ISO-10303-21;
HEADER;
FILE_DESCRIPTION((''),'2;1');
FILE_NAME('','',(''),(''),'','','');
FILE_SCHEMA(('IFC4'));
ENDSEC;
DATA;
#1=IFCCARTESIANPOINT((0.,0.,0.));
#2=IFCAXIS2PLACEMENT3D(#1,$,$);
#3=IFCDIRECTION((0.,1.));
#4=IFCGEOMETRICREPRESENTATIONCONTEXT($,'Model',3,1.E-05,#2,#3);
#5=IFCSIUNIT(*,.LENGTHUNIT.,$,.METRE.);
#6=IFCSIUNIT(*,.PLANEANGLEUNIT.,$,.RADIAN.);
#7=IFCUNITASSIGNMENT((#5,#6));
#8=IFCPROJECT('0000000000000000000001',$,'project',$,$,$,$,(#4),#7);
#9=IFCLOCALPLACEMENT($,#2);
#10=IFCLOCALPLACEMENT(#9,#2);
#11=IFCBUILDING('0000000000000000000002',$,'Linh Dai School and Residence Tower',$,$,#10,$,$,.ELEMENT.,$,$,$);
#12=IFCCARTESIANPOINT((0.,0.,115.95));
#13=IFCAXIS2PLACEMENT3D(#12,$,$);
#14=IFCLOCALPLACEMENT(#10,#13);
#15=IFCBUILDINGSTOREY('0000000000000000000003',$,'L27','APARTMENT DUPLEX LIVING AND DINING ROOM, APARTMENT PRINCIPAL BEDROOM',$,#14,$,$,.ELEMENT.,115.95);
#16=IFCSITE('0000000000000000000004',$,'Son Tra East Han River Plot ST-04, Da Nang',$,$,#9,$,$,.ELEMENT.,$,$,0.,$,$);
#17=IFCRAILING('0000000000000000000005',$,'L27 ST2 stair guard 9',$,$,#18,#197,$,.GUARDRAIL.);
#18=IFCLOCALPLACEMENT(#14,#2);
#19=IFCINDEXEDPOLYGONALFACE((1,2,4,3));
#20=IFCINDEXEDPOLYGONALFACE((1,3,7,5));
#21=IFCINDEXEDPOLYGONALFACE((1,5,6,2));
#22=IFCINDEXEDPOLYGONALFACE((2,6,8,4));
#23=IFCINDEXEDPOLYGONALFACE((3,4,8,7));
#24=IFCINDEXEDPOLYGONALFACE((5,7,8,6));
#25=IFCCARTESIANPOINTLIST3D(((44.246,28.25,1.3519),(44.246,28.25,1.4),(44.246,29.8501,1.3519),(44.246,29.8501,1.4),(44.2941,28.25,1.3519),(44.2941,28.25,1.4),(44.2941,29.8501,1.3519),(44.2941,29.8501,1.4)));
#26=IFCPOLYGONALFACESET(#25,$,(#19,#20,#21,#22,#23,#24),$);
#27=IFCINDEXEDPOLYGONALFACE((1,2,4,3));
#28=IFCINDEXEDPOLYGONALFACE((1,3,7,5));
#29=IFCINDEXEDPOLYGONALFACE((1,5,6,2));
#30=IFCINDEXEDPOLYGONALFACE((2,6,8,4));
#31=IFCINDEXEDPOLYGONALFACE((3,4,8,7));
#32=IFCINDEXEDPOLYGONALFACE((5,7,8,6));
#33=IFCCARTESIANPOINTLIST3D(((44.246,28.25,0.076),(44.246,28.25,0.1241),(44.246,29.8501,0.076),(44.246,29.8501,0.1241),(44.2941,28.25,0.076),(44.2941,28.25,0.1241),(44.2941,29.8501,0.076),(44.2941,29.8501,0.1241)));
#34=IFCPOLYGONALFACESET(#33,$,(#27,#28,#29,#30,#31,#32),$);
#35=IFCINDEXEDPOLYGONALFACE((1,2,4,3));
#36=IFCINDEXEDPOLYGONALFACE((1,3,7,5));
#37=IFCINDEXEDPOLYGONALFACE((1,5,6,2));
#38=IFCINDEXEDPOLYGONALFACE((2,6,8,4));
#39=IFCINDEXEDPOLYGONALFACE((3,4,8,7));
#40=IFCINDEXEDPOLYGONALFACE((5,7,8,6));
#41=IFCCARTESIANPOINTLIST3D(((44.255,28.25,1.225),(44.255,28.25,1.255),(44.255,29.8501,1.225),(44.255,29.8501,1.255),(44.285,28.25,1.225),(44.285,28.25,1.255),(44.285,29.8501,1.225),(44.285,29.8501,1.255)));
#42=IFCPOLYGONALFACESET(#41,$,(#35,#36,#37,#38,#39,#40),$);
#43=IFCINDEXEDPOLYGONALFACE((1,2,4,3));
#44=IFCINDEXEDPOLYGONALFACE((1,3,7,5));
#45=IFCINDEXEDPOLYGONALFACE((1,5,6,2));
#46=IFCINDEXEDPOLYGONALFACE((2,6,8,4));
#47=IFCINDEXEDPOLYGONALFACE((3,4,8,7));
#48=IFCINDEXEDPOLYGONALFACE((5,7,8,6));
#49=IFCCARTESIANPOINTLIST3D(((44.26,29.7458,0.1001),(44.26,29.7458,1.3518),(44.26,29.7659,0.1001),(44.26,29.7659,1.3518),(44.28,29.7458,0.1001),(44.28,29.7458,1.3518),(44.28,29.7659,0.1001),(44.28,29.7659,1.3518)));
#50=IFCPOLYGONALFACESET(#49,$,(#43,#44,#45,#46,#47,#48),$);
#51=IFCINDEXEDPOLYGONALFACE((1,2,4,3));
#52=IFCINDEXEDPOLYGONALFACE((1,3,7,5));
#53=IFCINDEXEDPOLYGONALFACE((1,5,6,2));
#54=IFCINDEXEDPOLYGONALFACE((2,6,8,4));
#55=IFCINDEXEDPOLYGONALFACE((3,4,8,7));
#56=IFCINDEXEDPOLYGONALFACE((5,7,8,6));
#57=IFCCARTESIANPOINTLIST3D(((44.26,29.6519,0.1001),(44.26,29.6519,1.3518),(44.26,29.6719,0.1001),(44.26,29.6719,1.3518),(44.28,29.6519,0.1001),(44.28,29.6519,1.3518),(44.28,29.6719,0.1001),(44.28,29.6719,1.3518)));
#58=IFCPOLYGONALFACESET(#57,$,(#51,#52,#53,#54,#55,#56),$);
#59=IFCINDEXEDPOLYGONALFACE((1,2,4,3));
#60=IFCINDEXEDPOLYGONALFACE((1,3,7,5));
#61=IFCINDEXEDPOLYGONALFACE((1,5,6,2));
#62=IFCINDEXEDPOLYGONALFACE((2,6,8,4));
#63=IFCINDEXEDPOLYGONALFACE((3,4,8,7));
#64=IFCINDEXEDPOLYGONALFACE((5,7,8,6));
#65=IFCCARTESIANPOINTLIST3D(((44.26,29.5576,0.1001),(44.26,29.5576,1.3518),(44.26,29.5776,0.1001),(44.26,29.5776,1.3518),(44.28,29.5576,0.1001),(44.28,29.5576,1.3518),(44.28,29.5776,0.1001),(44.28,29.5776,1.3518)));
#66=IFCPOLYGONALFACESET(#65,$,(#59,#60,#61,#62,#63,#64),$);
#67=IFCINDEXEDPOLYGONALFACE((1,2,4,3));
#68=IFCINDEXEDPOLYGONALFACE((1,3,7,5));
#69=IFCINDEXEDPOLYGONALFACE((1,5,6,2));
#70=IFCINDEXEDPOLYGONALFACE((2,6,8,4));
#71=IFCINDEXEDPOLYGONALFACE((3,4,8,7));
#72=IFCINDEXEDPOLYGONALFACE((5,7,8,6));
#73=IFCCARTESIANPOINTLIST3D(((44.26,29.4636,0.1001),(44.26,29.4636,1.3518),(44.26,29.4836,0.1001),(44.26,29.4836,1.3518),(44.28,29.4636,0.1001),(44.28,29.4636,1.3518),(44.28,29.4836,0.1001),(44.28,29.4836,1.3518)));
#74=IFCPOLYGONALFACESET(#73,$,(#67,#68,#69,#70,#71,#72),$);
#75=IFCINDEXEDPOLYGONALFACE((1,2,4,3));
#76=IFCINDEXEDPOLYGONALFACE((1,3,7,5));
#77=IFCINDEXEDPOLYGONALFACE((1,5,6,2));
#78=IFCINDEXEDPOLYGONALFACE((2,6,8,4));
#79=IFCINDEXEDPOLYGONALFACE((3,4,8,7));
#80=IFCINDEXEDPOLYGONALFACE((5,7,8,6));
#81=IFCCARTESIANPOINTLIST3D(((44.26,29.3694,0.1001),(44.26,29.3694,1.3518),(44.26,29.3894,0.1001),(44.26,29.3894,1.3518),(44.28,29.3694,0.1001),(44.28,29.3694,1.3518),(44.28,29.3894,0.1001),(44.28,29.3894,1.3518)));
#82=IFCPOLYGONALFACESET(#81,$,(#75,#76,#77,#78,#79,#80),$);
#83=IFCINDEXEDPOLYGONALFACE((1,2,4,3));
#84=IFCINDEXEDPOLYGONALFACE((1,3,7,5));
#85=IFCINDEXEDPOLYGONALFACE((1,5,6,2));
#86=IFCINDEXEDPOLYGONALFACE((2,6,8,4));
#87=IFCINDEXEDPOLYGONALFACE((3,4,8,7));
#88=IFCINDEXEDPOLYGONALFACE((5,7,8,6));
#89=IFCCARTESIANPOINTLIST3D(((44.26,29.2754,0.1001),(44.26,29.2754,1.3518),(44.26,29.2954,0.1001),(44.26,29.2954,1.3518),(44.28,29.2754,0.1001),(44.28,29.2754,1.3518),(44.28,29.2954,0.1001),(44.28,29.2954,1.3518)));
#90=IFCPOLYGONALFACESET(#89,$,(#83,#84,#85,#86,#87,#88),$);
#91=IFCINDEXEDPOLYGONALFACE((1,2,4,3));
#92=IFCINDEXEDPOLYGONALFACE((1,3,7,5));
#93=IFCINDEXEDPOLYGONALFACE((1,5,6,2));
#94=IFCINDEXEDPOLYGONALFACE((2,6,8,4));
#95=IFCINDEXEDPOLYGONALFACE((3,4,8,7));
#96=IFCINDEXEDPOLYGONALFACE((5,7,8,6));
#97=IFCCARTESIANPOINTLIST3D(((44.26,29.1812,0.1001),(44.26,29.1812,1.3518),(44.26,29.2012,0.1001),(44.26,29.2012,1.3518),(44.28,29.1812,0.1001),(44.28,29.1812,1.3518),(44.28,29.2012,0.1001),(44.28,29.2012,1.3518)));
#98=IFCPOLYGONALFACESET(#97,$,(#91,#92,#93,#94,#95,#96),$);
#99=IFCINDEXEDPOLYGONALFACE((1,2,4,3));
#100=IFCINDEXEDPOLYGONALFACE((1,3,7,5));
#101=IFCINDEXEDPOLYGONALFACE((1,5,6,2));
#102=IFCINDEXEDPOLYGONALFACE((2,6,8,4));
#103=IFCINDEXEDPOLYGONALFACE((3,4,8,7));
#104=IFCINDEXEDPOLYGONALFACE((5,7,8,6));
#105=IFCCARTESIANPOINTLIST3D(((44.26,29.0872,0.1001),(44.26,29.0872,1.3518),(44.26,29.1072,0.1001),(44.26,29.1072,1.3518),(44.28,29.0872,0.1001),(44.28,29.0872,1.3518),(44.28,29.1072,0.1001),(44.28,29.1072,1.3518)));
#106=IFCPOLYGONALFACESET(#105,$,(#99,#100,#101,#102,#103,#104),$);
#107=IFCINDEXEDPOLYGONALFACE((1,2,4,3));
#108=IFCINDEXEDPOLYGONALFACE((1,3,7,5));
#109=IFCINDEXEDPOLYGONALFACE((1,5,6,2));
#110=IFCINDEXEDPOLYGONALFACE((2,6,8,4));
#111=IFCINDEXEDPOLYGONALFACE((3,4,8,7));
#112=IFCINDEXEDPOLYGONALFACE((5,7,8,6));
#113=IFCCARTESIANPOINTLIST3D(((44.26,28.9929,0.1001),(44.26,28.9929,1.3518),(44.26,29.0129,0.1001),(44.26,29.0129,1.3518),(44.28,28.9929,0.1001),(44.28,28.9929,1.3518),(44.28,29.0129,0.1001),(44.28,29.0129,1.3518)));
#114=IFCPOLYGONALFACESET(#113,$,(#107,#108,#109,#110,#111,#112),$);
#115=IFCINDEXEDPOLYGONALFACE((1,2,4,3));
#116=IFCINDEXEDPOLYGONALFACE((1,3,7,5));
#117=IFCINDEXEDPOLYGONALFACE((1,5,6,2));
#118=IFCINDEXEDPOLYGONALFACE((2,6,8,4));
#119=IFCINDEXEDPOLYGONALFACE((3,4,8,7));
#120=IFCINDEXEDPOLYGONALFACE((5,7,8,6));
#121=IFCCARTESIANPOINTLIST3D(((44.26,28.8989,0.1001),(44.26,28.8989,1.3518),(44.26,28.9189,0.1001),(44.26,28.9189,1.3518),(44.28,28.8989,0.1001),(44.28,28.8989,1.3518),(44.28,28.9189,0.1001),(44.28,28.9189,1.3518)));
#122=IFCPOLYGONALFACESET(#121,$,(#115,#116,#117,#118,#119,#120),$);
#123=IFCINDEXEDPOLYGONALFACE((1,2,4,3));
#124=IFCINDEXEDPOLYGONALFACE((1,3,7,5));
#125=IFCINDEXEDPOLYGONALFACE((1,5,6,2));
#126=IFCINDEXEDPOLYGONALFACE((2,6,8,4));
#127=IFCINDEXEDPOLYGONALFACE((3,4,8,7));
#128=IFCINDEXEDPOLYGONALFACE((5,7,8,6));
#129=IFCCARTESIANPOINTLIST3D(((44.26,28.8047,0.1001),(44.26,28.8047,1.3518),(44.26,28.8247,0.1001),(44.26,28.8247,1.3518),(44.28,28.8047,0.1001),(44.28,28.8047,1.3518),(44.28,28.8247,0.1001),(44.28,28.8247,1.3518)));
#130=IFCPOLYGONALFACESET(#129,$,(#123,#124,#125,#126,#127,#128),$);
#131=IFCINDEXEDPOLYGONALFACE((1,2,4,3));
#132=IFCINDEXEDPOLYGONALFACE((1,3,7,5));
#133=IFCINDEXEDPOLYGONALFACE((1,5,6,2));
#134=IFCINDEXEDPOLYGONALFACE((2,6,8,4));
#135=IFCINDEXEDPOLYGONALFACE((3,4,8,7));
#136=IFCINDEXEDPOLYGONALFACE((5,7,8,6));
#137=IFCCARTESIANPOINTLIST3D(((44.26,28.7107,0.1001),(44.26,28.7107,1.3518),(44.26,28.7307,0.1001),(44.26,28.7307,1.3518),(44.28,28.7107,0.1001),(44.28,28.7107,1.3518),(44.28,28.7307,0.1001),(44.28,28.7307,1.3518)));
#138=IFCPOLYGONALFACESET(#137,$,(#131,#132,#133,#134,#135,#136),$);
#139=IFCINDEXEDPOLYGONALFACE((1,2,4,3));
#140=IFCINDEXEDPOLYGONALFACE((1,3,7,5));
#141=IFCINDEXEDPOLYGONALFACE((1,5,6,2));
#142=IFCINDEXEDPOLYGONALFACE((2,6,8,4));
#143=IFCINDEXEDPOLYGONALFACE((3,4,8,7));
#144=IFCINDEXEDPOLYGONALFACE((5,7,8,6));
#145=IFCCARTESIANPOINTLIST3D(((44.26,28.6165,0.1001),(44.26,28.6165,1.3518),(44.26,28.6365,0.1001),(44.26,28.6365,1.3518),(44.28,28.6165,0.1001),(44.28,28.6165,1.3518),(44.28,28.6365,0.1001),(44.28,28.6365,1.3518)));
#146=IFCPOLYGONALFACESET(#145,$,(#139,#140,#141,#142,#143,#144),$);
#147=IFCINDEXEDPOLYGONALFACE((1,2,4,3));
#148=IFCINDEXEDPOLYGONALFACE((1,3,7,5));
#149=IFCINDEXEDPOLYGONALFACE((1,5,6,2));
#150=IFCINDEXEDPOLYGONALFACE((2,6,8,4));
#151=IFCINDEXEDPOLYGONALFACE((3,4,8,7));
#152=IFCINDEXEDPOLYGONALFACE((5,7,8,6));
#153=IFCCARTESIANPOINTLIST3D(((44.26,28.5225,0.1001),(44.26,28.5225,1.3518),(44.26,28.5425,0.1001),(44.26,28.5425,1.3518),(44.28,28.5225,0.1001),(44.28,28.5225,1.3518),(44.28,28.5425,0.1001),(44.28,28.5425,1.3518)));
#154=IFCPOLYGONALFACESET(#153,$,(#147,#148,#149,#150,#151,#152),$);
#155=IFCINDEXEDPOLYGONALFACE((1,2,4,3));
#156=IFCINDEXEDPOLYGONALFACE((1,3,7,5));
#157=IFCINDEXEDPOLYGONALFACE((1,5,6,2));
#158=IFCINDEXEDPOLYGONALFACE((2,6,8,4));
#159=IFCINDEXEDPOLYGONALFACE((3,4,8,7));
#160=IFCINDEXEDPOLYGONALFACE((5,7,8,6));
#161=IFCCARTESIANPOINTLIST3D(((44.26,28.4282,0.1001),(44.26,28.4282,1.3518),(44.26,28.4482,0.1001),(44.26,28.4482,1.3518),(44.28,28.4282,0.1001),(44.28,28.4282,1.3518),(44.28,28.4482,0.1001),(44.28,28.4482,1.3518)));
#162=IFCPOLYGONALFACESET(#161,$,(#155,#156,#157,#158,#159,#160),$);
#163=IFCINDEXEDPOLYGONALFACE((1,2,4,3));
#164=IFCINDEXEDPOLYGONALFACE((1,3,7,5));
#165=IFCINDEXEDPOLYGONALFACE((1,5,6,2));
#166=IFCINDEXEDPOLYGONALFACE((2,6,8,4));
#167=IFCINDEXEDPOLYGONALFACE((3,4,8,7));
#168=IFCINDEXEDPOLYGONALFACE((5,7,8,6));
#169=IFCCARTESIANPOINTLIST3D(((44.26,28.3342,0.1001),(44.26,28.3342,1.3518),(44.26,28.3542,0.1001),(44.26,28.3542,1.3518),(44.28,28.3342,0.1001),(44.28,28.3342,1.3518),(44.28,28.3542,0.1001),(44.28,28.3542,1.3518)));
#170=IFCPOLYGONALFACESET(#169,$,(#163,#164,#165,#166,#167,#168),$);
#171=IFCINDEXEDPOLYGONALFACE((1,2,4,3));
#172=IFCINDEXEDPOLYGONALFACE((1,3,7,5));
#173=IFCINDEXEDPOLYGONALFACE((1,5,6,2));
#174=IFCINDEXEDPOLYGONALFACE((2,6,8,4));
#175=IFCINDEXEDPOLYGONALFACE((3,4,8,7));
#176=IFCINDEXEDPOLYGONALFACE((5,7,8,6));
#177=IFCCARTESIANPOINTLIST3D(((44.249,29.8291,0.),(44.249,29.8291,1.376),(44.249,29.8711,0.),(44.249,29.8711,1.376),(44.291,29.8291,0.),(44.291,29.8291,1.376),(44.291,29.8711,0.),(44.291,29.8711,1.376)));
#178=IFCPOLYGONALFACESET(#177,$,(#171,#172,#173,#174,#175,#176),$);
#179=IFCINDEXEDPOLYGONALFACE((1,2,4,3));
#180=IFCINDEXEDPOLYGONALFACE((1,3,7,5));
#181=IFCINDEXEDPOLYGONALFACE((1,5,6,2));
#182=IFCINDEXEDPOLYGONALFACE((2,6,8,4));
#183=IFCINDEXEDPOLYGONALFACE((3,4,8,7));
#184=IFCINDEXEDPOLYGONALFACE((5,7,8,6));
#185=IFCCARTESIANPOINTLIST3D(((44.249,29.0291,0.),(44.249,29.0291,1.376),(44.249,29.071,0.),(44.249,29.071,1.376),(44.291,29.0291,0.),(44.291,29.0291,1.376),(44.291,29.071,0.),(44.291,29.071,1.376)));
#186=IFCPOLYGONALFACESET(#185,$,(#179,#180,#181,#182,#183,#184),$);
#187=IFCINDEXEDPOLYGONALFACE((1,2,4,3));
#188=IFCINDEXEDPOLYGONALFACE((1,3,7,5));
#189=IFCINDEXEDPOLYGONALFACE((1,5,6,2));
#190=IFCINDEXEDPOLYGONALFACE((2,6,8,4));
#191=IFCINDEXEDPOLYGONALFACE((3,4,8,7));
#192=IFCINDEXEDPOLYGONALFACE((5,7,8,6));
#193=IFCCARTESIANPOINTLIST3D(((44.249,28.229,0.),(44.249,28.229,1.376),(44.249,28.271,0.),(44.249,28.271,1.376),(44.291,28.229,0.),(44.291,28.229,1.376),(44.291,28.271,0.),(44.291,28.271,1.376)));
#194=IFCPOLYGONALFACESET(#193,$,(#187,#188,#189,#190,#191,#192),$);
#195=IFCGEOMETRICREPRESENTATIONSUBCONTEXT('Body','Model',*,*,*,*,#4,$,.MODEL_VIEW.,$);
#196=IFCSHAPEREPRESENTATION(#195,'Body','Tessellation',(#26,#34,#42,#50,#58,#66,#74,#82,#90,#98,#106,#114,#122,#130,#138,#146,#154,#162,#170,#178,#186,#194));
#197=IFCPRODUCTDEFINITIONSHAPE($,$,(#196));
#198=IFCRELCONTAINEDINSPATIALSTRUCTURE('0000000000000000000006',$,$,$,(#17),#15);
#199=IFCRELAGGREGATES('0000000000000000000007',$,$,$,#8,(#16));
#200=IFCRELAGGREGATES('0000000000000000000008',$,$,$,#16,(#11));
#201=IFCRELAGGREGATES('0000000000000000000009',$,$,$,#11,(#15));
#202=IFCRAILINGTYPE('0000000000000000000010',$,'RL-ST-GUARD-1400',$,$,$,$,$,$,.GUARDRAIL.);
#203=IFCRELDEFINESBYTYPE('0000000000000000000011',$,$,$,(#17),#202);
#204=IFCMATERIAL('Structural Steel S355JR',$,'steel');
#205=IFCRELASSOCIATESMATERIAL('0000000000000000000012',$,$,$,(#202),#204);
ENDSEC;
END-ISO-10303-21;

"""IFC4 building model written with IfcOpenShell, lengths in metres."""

from ifc_helpers import new_model, si_unit, direction, frame, origin, origin_2d, place, context, subcontext, project, spatial, rectangle, extrude, source, transform, mapped, material, type_object, element, save


model = new_model("IFC4")

# Units and contexts
model_context = context("Model", 3, precision=1e-05, world=origin(), true_north=direction((0.0, 1.0)))
body_context = subcontext(model_context, "Body", "Model", "MODEL_VIEW")
ifc_project = project(units=[si_unit("LENGTHUNIT", "METRE"), si_unit("PLANEANGLEUNIT", "RADIAN")], contexts=[model_context])

# Site, building, storey
site_placement = place(None, origin())
site = spatial("IfcSite", under=ifc_project, at=site_placement, Name="Son Tra East Han River Plot ST-04, Da Nang", CompositionType="ELEMENT", RefElevation=0.0)
building_placement = place(site_placement, origin())
building = spatial("IfcBuilding", under=site, at=building_placement, Name="Linh Dai School and Residence Tower", CompositionType="ELEMENT")
storey_placement = place(building_placement, frame((0.0, 0.0, 115.95)))
storey = spatial("IfcBuildingStorey", under=building, at=storey_placement, Name="L27", Description="APARTMENT DUPLEX LIVING AND DINING ROOM, APARTMENT PRINCIPAL BEDROOM", CompositionType="ELEMENT", Elevation=115.95)

# Shared definitions
ifc_material_1 = material(Name="Structural Steel S355JR", Category="steel")

# Railing
railing_type_1 = type_object("IfcRailingType", Name="RL-ST-GUARD-1400", PredefinedType="GUARDRAIL", material=ifc_material_1)
shared_shape_1 = source(origin(), body_context, "Body", "SweptSolid", [
    extrude(rectangle(XDim=0.0481, YDim=0.0481, at=origin_2d()), frame((0.0, 0.0, 1.376), z_axis=(0.0, -1.0, 0.0), x_axis=(1.0, 0.0, 0.0)), (0.0, 0.0, 1.0), 1.6001),
    extrude(rectangle(XDim=0.0481, YDim=0.0481, at=origin_2d()), frame((0.0, 0.0, 0.1001), z_axis=(0.0, -1.0, 0.0), x_axis=(1.0, 0.0, 0.0)), (0.0, 0.0, 1.0), 1.6001),
    extrude(rectangle(XDim=0.03, YDim=0.03, at=origin_2d()), frame((0.0, 0.0, 1.24), z_axis=(0.0, -1.0, 0.0), x_axis=(1.0, 0.0, 0.0)), (0.0, 0.0, 1.0), 1.6001),
    extrude(rectangle(XDim=0.02, YDim=0.02, at=origin_2d()), frame((0.0, -0.0942, 0.1001)), (0.0, 0.0, 1.0), 1.2517),
    extrude(rectangle(XDim=0.02, YDim=0.02, at=origin_2d()), frame((0.0, -0.1882, 0.1001)), (0.0, 0.0, 1.0), 1.2517),
    extrude(rectangle(XDim=0.02, YDim=0.02, at=origin_2d()), frame((0.0, -0.2825, 0.1001)), (0.0, 0.0, 1.0), 1.2517),
    extrude(rectangle(XDim=0.02, YDim=0.02, at=origin_2d()), frame((0.0, -0.3765, 0.1001)), (0.0, 0.0, 1.0), 1.2517),
    extrude(rectangle(XDim=0.02, YDim=0.02, at=origin_2d()), frame((0.0, -0.4707, 0.1001)), (0.0, 0.0, 1.0), 1.2517),
    extrude(rectangle(XDim=0.02, YDim=0.02, at=origin_2d()), frame((0.0, -0.5647, 0.1001)), (0.0, 0.0, 1.0), 1.2517),
    extrude(rectangle(XDim=0.02, YDim=0.02, at=origin_2d()), frame((0.0, -0.6589, 0.1001)), (0.0, 0.0, 1.0), 1.2517),
    extrude(rectangle(XDim=0.02, YDim=0.02, at=origin_2d()), frame((0.0, -0.7529, 0.1001)), (0.0, 0.0, 1.0), 1.2517),
    extrude(rectangle(XDim=0.02, YDim=0.02, at=origin_2d()), frame((0.0, -0.8472, 0.1001)), (0.0, 0.0, 1.0), 1.2517),
    extrude(rectangle(XDim=0.02, YDim=0.02, at=origin_2d()), frame((0.0, -0.9412, 0.1001)), (0.0, 0.0, 1.0), 1.2517),
    extrude(rectangle(XDim=0.02, YDim=0.02, at=origin_2d()), frame((0.0, -1.0354, 0.1001)), (0.0, 0.0, 1.0), 1.2517),
    extrude(rectangle(XDim=0.02, YDim=0.02, at=origin_2d()), frame((0.0, -1.1294, 0.1001)), (0.0, 0.0, 1.0), 1.2517),
    extrude(rectangle(XDim=0.02, YDim=0.02, at=origin_2d()), frame((0.0, -1.2236, 0.1001)), (0.0, 0.0, 1.0), 1.2517),
    extrude(rectangle(XDim=0.02, YDim=0.02, at=origin_2d()), frame((0.0, -1.3176, 0.1001)), (0.0, 0.0, 1.0), 1.2517),
    extrude(rectangle(XDim=0.02, YDim=0.02, at=origin_2d()), frame((0.0, -1.4119, 0.1001)), (0.0, 0.0, 1.0), 1.2517),
    extrude(rectangle(XDim=0.02, YDim=0.02, at=origin_2d()), frame((0.0, -1.5059, 0.1001)), (0.0, 0.0, 1.0), 1.2517),
    extrude(rectangle(XDim=0.042, YDim=0.042, at=origin_2d()), origin(), (0.0, 0.0, 1.0), 1.376),
    extrude(rectangle(XDim=0.042, YDim=0.042, at=origin_2d()), frame((0.0, -0.8, 0.0)), (0.0, 0.0, 1.0), 1.376),
    extrude(rectangle(XDim=0.042, YDim=0.042, at=origin_2d()), frame((0.0, -1.6001, 0.0)), (0.0, 0.0, 1.0), 1.376),
])
for number, where, name in (
    (1, (44.27, 29.8501, 0.0), "L27 ST2 stair guard 9"),
):
    element("IfcRailing", number, at=place(storey_placement, frame(where)), inside=storey, type_object=railing_type_1, Name=name, PredefinedType="GUARDRAIL", context=body_context, shape_type="MappedRepresentation", body=[
        mapped(shared_shape_1, transform((0.0, 0.0, 0.0), x_axis=(1.0, 0.0, 0.0), y_axis=(0.0, 1.0, 0.0), z_axis=(0.0, 0.0, 1.0), scale=1.0)),
    ])

save(model, "model.ifc")
